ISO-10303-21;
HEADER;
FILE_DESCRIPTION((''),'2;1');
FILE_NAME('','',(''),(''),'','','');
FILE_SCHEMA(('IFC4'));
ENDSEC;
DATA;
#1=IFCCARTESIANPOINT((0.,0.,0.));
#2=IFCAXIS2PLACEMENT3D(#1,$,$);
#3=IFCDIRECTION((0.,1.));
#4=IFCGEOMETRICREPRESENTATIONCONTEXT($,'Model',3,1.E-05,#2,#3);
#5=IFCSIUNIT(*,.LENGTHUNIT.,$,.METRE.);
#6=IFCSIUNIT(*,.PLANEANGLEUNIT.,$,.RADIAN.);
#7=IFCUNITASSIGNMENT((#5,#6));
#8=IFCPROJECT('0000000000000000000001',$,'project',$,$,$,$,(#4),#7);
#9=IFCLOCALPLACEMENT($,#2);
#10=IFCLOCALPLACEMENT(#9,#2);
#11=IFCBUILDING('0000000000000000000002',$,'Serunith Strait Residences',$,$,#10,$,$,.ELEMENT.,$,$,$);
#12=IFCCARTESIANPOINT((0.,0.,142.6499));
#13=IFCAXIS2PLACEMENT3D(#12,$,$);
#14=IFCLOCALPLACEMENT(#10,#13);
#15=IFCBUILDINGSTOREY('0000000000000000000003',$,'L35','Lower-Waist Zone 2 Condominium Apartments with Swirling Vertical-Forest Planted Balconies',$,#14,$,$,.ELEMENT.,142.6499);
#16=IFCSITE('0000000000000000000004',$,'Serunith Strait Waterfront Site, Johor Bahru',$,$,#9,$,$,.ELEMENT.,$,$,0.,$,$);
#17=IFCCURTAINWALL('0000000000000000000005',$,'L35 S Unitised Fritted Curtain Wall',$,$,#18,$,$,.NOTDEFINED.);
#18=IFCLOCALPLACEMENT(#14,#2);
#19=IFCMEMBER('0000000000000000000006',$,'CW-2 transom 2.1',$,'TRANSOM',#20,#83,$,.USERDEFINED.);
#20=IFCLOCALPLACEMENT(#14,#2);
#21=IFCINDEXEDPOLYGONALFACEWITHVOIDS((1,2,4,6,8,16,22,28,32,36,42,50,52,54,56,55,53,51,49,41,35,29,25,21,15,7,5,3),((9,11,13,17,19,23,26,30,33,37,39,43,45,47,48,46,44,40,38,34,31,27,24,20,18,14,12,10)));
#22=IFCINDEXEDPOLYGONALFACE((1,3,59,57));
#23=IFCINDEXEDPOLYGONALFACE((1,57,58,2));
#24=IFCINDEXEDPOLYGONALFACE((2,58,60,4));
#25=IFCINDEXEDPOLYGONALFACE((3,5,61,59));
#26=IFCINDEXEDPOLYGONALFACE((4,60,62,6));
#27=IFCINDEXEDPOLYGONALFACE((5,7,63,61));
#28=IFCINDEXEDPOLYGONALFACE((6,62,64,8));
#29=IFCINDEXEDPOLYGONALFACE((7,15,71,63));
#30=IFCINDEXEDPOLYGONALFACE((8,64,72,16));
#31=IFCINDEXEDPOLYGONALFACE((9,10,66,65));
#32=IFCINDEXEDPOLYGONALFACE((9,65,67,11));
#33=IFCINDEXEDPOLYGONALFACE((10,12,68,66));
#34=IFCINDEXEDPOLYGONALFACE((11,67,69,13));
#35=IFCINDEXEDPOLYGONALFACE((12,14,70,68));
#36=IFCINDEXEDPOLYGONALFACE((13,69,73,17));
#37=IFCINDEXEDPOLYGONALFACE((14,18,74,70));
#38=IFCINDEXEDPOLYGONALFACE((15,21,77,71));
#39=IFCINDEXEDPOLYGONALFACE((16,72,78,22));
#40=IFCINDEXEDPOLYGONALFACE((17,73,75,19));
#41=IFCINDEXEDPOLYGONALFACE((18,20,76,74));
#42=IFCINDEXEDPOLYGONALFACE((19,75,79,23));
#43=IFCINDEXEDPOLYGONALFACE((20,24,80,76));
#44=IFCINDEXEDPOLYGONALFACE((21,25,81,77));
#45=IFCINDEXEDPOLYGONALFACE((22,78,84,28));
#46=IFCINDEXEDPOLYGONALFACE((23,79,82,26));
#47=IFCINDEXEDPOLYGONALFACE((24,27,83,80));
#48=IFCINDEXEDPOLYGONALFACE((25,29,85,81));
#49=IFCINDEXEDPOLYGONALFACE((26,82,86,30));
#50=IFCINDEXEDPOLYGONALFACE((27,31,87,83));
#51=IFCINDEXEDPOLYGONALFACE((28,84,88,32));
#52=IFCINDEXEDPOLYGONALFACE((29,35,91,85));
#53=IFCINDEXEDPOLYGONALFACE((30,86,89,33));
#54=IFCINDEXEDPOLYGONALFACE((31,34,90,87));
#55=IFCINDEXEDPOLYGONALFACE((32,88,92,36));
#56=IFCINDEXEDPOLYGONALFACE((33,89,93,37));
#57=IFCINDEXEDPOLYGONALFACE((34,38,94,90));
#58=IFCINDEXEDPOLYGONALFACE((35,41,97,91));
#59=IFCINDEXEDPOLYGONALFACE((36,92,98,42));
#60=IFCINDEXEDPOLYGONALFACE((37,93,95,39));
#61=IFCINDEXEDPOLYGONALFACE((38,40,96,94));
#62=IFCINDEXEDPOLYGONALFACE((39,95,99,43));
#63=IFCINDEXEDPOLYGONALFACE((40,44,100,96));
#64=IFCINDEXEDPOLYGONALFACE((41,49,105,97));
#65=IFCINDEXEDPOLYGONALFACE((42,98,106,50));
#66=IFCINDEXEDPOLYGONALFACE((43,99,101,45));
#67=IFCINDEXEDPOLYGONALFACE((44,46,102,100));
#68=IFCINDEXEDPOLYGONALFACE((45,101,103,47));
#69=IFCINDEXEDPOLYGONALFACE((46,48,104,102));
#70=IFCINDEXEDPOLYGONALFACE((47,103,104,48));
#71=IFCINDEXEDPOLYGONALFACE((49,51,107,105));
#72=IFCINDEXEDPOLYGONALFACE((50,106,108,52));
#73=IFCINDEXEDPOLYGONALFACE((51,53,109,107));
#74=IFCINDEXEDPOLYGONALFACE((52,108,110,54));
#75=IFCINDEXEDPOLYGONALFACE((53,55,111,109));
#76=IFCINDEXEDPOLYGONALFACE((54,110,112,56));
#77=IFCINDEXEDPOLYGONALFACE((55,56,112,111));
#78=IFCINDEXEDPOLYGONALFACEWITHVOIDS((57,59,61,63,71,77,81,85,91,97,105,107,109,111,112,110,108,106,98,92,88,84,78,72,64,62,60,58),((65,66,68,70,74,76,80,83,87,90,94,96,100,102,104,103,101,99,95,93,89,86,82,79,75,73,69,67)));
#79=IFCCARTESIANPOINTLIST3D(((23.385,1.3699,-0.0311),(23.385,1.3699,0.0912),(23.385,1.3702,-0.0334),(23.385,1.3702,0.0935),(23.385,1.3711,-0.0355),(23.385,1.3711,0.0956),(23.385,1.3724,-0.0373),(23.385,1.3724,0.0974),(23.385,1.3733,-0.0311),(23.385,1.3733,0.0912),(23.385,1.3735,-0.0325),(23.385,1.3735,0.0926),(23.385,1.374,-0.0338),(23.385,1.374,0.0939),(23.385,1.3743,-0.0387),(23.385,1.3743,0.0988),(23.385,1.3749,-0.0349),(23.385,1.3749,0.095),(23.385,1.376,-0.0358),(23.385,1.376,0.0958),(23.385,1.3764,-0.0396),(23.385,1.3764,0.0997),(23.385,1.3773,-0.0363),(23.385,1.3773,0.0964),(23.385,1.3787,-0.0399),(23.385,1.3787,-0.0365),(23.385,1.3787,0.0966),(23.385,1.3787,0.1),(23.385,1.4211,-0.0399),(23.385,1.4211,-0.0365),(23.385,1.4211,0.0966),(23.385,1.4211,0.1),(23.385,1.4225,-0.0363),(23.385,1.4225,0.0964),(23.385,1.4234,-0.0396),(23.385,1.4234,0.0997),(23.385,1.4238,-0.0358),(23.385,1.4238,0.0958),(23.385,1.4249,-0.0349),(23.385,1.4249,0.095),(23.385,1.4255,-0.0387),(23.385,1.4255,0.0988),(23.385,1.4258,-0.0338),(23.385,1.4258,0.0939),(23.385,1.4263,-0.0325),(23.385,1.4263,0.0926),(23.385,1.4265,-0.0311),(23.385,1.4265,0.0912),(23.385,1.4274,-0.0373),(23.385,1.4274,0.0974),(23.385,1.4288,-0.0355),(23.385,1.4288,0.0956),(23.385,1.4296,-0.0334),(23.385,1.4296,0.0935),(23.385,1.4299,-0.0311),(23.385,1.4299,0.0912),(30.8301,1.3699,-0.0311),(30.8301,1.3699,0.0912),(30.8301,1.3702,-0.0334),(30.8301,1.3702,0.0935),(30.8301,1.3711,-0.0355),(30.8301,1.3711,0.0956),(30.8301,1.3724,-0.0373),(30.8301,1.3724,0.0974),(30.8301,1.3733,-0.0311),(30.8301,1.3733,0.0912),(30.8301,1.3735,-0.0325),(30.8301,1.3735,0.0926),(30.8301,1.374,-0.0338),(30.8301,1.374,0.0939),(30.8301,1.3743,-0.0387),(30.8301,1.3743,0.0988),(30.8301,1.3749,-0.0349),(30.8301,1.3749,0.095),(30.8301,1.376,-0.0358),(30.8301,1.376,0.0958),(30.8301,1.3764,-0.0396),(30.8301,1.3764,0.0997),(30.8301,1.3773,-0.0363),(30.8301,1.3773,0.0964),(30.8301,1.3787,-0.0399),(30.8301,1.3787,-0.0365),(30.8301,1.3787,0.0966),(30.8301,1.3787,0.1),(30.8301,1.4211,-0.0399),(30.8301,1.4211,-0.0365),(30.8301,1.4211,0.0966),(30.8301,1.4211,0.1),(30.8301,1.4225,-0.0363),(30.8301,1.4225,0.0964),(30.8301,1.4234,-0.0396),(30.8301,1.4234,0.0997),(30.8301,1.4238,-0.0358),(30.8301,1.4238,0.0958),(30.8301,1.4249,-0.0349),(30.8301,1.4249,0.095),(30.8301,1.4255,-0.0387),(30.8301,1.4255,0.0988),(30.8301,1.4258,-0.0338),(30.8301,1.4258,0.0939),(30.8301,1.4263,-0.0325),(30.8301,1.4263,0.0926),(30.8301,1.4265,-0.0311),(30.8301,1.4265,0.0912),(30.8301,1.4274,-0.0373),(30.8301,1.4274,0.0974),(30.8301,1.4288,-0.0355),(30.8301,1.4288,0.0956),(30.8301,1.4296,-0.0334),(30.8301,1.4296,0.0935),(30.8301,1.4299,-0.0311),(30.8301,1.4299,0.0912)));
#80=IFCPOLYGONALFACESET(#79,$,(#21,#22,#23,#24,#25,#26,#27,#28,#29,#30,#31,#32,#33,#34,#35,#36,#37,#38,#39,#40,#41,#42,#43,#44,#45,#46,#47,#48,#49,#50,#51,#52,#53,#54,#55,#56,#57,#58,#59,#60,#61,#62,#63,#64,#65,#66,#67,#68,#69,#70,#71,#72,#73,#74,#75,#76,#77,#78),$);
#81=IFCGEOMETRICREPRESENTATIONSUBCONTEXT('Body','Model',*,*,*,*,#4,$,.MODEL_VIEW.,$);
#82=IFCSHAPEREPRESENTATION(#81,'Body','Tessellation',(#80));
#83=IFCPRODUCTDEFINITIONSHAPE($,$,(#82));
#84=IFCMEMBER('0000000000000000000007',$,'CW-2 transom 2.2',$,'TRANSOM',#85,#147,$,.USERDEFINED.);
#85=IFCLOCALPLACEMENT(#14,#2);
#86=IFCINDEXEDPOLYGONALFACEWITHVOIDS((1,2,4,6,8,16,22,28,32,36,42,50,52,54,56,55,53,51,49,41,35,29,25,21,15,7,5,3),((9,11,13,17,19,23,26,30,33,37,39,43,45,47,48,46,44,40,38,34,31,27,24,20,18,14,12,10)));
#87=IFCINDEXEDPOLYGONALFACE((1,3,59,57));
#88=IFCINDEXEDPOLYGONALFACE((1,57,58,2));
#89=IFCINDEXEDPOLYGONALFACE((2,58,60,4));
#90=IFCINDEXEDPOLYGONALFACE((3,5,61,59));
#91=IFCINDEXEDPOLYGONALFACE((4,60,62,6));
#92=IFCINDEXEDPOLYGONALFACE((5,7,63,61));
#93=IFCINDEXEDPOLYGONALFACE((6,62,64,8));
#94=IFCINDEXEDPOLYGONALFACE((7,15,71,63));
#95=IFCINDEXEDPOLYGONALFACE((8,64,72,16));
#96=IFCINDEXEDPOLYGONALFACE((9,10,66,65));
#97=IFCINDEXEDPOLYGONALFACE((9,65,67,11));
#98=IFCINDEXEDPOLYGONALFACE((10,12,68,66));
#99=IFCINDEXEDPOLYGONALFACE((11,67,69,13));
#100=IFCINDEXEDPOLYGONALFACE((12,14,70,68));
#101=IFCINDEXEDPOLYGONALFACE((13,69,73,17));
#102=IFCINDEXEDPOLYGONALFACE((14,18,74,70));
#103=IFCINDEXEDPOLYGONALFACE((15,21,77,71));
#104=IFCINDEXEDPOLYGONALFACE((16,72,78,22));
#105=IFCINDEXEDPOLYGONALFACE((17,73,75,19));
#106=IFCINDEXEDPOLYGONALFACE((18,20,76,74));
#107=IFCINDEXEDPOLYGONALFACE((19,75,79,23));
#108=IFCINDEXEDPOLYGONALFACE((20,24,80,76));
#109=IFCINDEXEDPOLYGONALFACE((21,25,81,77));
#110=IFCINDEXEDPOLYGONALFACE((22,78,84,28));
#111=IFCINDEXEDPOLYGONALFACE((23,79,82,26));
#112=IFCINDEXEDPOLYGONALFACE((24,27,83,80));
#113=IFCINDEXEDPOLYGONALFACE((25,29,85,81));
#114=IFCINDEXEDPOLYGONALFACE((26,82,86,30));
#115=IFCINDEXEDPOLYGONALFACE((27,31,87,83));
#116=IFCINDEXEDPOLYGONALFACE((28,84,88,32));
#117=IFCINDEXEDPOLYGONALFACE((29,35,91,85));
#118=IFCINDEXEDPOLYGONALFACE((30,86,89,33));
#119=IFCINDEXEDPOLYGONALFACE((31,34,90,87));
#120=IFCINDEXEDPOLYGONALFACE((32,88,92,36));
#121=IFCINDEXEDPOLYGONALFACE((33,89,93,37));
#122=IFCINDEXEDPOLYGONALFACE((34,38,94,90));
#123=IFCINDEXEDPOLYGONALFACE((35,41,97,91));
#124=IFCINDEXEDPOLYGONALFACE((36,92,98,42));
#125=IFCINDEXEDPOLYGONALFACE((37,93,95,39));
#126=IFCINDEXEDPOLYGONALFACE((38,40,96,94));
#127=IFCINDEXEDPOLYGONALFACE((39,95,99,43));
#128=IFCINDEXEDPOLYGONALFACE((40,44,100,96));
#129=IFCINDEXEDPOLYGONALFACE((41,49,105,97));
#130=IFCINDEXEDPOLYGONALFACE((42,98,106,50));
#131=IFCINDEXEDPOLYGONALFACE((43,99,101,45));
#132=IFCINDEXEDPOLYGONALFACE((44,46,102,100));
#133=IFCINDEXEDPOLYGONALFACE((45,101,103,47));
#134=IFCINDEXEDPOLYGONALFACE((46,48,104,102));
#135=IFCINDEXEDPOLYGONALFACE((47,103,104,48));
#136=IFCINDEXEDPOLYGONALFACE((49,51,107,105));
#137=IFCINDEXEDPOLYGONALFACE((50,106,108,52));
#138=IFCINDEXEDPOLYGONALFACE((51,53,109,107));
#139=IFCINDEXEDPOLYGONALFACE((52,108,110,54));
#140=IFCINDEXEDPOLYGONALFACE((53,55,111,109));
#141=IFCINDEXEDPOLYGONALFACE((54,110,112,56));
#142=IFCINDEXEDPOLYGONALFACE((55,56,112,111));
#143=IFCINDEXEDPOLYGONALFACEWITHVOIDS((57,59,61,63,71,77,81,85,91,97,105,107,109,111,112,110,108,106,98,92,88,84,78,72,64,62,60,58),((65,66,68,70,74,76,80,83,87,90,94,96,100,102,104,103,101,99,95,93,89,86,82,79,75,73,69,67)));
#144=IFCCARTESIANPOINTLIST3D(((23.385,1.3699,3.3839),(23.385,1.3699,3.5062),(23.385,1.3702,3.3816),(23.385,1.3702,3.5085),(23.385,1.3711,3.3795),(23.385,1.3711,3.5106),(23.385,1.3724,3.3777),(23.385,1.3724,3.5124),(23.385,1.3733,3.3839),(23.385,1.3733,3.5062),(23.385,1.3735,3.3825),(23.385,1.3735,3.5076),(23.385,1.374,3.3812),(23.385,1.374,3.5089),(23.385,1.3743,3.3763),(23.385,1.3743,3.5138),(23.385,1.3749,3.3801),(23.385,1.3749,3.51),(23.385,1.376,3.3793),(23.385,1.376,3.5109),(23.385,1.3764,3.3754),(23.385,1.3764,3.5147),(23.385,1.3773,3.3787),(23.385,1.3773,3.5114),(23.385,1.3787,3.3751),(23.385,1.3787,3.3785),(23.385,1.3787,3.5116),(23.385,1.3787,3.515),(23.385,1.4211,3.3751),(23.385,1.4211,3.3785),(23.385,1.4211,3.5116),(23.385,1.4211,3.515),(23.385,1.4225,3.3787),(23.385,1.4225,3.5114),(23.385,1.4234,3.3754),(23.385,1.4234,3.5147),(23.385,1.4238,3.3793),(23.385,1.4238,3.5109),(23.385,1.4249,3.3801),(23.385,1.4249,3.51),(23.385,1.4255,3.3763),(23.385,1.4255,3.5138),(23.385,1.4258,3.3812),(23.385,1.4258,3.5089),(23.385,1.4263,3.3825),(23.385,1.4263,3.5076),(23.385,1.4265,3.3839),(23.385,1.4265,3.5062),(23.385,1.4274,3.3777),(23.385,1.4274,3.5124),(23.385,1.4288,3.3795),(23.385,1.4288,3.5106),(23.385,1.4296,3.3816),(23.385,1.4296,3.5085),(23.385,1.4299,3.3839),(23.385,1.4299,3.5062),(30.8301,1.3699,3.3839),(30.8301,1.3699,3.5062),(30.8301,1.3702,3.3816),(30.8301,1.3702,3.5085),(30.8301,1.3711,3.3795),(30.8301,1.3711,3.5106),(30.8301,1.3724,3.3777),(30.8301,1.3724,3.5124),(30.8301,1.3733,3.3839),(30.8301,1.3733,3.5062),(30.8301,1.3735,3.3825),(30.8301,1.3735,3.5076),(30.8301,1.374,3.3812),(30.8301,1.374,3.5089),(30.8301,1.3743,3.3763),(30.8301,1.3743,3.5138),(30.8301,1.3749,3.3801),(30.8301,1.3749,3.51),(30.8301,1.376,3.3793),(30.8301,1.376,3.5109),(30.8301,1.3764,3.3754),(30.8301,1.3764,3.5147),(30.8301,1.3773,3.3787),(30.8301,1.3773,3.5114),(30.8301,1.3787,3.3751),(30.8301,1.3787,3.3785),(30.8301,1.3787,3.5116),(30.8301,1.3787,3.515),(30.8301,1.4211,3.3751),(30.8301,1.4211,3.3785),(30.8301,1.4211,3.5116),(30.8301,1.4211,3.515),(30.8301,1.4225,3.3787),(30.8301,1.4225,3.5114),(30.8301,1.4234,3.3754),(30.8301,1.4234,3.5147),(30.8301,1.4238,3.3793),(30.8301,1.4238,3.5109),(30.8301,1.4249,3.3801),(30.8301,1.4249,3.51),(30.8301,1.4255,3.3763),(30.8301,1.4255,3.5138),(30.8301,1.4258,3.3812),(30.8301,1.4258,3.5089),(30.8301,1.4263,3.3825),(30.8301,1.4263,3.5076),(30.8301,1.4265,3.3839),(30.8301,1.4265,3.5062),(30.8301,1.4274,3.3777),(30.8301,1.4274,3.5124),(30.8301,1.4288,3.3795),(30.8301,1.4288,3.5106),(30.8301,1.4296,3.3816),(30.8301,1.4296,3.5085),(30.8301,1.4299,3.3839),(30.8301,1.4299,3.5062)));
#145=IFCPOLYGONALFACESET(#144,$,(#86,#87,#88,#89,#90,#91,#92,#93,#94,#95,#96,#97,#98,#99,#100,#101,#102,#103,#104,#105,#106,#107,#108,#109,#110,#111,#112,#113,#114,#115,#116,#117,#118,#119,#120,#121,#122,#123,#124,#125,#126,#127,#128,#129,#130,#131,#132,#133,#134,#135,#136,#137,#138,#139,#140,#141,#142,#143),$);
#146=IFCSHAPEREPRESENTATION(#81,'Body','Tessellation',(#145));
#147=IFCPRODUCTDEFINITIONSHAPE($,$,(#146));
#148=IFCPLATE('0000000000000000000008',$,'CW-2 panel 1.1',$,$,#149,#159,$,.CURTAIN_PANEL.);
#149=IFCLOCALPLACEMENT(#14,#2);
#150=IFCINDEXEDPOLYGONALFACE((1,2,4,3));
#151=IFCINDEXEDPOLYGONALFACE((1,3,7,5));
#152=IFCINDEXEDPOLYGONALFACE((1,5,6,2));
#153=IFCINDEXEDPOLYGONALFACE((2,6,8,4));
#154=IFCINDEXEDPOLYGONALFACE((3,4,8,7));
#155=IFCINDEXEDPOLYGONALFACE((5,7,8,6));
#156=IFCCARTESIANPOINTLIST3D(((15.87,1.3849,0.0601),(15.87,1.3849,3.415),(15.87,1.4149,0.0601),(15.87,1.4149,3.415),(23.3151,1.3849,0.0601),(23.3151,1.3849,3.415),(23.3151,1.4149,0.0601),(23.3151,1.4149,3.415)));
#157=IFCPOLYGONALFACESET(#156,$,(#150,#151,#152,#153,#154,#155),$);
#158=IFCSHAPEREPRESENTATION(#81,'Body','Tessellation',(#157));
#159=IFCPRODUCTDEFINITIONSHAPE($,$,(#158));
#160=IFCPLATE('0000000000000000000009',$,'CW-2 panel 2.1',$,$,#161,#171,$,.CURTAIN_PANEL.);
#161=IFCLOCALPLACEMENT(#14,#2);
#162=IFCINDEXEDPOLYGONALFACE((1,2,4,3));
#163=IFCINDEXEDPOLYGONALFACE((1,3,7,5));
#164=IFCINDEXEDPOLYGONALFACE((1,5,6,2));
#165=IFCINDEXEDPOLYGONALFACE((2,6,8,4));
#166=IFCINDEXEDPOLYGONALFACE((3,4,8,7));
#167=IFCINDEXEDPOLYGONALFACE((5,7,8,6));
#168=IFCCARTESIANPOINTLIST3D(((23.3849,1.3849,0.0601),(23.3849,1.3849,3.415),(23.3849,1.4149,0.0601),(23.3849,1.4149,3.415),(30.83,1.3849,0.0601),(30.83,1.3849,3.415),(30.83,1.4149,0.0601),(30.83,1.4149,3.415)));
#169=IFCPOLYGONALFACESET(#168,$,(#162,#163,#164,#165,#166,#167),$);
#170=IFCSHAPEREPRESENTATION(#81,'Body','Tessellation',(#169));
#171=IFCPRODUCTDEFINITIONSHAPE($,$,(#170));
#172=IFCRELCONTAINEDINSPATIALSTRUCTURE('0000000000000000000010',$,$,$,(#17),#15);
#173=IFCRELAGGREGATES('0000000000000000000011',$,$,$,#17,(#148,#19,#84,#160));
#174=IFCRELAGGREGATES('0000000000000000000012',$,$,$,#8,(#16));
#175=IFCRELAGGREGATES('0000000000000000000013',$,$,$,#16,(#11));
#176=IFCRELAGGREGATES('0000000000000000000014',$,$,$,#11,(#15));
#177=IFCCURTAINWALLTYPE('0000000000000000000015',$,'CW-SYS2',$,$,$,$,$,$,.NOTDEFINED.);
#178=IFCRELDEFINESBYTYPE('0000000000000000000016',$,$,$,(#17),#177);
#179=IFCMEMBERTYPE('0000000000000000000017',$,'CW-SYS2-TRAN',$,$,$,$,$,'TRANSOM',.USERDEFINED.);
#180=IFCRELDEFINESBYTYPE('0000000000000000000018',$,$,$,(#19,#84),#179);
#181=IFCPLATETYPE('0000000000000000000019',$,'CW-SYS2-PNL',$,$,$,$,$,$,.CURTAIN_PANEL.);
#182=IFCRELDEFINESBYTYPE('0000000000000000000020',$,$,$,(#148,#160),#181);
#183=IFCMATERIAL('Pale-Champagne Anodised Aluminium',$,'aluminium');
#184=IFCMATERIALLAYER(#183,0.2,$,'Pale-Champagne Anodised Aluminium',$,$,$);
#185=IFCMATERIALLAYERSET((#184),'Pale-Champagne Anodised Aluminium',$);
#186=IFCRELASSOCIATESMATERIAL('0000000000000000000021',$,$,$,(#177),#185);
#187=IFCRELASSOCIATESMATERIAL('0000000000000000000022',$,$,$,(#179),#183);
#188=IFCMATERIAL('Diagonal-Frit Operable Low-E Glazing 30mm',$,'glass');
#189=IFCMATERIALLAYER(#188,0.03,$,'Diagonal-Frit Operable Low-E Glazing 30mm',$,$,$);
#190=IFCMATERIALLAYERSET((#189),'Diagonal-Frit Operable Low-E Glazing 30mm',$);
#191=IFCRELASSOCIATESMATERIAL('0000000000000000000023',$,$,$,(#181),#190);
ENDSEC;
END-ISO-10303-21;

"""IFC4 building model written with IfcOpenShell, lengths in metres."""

from ifc_helpers import new_model, si_unit, direction, frame, origin, origin_2d, place, context, subcontext, project, spatial, rectangle, hollow_rectangle, extrude, source, transform, mapped, material, layer, layer_set, material_profile, profile_set, type_object, element, aggregate, save


model = new_model("IFC4")

# Units and contexts
model_context = context("Model", 3, precision=1e-05, world=origin(), true_north=direction((0.0, 1.0)))
body_context = subcontext(model_context, "Body", "Model", "MODEL_VIEW")
ifc_project = project(units=[si_unit("LENGTHUNIT", "METRE"), si_unit("PLANEANGLEUNIT", "RADIAN")], contexts=[model_context])

# Site, building, storey
site_placement = place(None, origin())
site = spatial("IfcSite", under=ifc_project, at=site_placement, Name="Serunith Strait Waterfront Site, Johor Bahru", CompositionType="ELEMENT", RefElevation=0.0)
building_placement = place(site_placement, origin())
building = spatial("IfcBuilding", under=site, at=building_placement, Name="Serunith Strait Residences", CompositionType="ELEMENT")
storey_placement = place(building_placement, frame((0.0, 0.0, 142.6499)))
storey = spatial("IfcBuildingStorey", under=building, at=storey_placement, Name="L35", Description="Lower-Waist Zone 2 Condominium Apartments with Swirling Vertical-Forest Planted Balconies", CompositionType="ELEMENT", Elevation=142.6499)

# Curtain wall, members, plates
ifc_material_1 = material(Name="Pale-Champagne Anodised Aluminium", Category="aluminium")
ifc_layer_1 = layer(ifc_material_1, 0.2, Name="Pale-Champagne Anodised Aluminium")
ifc_layer_set_1 = layer_set([ifc_layer_1], Name="Pale-Champagne Anodised Aluminium")
curtain_wall_type = type_object("IfcCurtainWallType", Name="CW-SYS2", PredefinedType="NOTDEFINED", material=ifc_layer_set_1)
curtain_wall_placement = place(storey_placement, origin())
curtain_wall = element("IfcCurtainWall", 1, at=curtain_wall_placement, inside=storey, type_object=curtain_wall_type, Name="L35 S Unitised Fritted Curtain Wall", PredefinedType="NOTDEFINED")
ifc_material_profile_1 = material_profile(ifc_material_1, hollow_rectangle(XDim=0.0601, YDim=0.1399, WallThickness=0.0034, InnerFilletRadius=0.0054, OuterFilletRadius=0.0088, at=origin_2d()), Name="ALU 140x60x3.5")
ifc_profile_set_1 = profile_set([ifc_material_profile_1], Name="Pale-Champagne Anodised Aluminium")
member_type_1 = type_object("IfcMemberType", Name="CW-SYS2-TRAN", ElementType="TRANSOM", PredefinedType="USERDEFINED", material=ifc_profile_set_1)
shared_shape_1 = source(origin(), body_context, "Body", "SweptSolid", [
    extrude(hollow_rectangle(XDim=0.0601, YDim=0.1399, WallThickness=0.0034, InnerFilletRadius=0.0054, OuterFilletRadius=0.0088, at=origin_2d()), origin(), (0.0, 0.0, 1.0), 7.4451),
])
member_1_placement = place(storey_placement, frame((23.385, 1.3999, 0.03), z_axis=(1.0, 0.0, 0.0), x_axis=(0.0, 1.0, 0.0)))
member_1 = element("IfcMember", 2, at=member_1_placement, type_object=member_type_1, Name="CW-2 transom 2.1", ObjectType="TRANSOM", PredefinedType="USERDEFINED", context=body_context, shape_type="MappedRepresentation", body=[
    mapped(shared_shape_1, transform((0.0, 0.0, 0.0), scale=1.0)),
])
member_2_placement = place(storey_placement, frame((23.385, 1.3999, 3.4451), z_axis=(1.0, 0.0, 0.0), x_axis=(0.0, 1.0, 0.0)))
member_2 = element("IfcMember", 3, at=member_2_placement, type_object=member_type_1, Name="CW-2 transom 2.2", ObjectType="TRANSOM", PredefinedType="USERDEFINED", context=body_context, shape_type="MappedRepresentation", body=[
    mapped(shared_shape_1, transform((0.0, 0.0, 0.0), scale=1.0)),
])
ifc_material_2 = material(Name="Diagonal-Frit Operable Low-E Glazing 30mm", Category="glass")
ifc_layer_2 = layer(ifc_material_2, 0.03, Name="Diagonal-Frit Operable Low-E Glazing 30mm")
ifc_layer_set_2 = layer_set([ifc_layer_2], Name="Diagonal-Frit Operable Low-E Glazing 30mm")
plate_type = type_object("IfcPlateType", Name="CW-SYS2-PNL", PredefinedType="CURTAIN_PANEL", material=ifc_layer_set_2)
shared_shape_2 = source(origin(), body_context, "Body", "SweptSolid", [
    extrude(rectangle(XDim=7.4451, YDim=0.03, at=origin_2d()), origin(), (0.0, 0.0, 1.0), 3.355),
])
plate_1_placement = place(storey_placement, frame((19.5925, 1.3999, 0.0601), z_axis=(0.0, 0.0, 1.0), x_axis=(1.0, 0.0, 0.0)))
plate_1 = element("IfcPlate", 4, at=plate_1_placement, type_object=plate_type, Name="CW-2 panel 1.1", PredefinedType="CURTAIN_PANEL", context=body_context, shape_type="MappedRepresentation", body=[
    mapped(shared_shape_2, transform((0.0, 0.0, 0.0), scale=1.0)),
])
plate_2_placement = place(storey_placement, frame((27.1074, 1.3999, 0.0601), z_axis=(0.0, 0.0, 1.0), x_axis=(1.0, 0.0, 0.0)))
plate_2 = element("IfcPlate", 5, at=plate_2_placement, type_object=plate_type, Name="CW-2 panel 2.1", PredefinedType="CURTAIN_PANEL", context=body_context, shape_type="MappedRepresentation", body=[
    mapped(shared_shape_2, transform((0.0, 0.0, 0.0), scale=1.0)),
])
aggregate(curtain_wall, [plate_1, member_1, member_2, plate_2])

save(model, "model.ifc")
